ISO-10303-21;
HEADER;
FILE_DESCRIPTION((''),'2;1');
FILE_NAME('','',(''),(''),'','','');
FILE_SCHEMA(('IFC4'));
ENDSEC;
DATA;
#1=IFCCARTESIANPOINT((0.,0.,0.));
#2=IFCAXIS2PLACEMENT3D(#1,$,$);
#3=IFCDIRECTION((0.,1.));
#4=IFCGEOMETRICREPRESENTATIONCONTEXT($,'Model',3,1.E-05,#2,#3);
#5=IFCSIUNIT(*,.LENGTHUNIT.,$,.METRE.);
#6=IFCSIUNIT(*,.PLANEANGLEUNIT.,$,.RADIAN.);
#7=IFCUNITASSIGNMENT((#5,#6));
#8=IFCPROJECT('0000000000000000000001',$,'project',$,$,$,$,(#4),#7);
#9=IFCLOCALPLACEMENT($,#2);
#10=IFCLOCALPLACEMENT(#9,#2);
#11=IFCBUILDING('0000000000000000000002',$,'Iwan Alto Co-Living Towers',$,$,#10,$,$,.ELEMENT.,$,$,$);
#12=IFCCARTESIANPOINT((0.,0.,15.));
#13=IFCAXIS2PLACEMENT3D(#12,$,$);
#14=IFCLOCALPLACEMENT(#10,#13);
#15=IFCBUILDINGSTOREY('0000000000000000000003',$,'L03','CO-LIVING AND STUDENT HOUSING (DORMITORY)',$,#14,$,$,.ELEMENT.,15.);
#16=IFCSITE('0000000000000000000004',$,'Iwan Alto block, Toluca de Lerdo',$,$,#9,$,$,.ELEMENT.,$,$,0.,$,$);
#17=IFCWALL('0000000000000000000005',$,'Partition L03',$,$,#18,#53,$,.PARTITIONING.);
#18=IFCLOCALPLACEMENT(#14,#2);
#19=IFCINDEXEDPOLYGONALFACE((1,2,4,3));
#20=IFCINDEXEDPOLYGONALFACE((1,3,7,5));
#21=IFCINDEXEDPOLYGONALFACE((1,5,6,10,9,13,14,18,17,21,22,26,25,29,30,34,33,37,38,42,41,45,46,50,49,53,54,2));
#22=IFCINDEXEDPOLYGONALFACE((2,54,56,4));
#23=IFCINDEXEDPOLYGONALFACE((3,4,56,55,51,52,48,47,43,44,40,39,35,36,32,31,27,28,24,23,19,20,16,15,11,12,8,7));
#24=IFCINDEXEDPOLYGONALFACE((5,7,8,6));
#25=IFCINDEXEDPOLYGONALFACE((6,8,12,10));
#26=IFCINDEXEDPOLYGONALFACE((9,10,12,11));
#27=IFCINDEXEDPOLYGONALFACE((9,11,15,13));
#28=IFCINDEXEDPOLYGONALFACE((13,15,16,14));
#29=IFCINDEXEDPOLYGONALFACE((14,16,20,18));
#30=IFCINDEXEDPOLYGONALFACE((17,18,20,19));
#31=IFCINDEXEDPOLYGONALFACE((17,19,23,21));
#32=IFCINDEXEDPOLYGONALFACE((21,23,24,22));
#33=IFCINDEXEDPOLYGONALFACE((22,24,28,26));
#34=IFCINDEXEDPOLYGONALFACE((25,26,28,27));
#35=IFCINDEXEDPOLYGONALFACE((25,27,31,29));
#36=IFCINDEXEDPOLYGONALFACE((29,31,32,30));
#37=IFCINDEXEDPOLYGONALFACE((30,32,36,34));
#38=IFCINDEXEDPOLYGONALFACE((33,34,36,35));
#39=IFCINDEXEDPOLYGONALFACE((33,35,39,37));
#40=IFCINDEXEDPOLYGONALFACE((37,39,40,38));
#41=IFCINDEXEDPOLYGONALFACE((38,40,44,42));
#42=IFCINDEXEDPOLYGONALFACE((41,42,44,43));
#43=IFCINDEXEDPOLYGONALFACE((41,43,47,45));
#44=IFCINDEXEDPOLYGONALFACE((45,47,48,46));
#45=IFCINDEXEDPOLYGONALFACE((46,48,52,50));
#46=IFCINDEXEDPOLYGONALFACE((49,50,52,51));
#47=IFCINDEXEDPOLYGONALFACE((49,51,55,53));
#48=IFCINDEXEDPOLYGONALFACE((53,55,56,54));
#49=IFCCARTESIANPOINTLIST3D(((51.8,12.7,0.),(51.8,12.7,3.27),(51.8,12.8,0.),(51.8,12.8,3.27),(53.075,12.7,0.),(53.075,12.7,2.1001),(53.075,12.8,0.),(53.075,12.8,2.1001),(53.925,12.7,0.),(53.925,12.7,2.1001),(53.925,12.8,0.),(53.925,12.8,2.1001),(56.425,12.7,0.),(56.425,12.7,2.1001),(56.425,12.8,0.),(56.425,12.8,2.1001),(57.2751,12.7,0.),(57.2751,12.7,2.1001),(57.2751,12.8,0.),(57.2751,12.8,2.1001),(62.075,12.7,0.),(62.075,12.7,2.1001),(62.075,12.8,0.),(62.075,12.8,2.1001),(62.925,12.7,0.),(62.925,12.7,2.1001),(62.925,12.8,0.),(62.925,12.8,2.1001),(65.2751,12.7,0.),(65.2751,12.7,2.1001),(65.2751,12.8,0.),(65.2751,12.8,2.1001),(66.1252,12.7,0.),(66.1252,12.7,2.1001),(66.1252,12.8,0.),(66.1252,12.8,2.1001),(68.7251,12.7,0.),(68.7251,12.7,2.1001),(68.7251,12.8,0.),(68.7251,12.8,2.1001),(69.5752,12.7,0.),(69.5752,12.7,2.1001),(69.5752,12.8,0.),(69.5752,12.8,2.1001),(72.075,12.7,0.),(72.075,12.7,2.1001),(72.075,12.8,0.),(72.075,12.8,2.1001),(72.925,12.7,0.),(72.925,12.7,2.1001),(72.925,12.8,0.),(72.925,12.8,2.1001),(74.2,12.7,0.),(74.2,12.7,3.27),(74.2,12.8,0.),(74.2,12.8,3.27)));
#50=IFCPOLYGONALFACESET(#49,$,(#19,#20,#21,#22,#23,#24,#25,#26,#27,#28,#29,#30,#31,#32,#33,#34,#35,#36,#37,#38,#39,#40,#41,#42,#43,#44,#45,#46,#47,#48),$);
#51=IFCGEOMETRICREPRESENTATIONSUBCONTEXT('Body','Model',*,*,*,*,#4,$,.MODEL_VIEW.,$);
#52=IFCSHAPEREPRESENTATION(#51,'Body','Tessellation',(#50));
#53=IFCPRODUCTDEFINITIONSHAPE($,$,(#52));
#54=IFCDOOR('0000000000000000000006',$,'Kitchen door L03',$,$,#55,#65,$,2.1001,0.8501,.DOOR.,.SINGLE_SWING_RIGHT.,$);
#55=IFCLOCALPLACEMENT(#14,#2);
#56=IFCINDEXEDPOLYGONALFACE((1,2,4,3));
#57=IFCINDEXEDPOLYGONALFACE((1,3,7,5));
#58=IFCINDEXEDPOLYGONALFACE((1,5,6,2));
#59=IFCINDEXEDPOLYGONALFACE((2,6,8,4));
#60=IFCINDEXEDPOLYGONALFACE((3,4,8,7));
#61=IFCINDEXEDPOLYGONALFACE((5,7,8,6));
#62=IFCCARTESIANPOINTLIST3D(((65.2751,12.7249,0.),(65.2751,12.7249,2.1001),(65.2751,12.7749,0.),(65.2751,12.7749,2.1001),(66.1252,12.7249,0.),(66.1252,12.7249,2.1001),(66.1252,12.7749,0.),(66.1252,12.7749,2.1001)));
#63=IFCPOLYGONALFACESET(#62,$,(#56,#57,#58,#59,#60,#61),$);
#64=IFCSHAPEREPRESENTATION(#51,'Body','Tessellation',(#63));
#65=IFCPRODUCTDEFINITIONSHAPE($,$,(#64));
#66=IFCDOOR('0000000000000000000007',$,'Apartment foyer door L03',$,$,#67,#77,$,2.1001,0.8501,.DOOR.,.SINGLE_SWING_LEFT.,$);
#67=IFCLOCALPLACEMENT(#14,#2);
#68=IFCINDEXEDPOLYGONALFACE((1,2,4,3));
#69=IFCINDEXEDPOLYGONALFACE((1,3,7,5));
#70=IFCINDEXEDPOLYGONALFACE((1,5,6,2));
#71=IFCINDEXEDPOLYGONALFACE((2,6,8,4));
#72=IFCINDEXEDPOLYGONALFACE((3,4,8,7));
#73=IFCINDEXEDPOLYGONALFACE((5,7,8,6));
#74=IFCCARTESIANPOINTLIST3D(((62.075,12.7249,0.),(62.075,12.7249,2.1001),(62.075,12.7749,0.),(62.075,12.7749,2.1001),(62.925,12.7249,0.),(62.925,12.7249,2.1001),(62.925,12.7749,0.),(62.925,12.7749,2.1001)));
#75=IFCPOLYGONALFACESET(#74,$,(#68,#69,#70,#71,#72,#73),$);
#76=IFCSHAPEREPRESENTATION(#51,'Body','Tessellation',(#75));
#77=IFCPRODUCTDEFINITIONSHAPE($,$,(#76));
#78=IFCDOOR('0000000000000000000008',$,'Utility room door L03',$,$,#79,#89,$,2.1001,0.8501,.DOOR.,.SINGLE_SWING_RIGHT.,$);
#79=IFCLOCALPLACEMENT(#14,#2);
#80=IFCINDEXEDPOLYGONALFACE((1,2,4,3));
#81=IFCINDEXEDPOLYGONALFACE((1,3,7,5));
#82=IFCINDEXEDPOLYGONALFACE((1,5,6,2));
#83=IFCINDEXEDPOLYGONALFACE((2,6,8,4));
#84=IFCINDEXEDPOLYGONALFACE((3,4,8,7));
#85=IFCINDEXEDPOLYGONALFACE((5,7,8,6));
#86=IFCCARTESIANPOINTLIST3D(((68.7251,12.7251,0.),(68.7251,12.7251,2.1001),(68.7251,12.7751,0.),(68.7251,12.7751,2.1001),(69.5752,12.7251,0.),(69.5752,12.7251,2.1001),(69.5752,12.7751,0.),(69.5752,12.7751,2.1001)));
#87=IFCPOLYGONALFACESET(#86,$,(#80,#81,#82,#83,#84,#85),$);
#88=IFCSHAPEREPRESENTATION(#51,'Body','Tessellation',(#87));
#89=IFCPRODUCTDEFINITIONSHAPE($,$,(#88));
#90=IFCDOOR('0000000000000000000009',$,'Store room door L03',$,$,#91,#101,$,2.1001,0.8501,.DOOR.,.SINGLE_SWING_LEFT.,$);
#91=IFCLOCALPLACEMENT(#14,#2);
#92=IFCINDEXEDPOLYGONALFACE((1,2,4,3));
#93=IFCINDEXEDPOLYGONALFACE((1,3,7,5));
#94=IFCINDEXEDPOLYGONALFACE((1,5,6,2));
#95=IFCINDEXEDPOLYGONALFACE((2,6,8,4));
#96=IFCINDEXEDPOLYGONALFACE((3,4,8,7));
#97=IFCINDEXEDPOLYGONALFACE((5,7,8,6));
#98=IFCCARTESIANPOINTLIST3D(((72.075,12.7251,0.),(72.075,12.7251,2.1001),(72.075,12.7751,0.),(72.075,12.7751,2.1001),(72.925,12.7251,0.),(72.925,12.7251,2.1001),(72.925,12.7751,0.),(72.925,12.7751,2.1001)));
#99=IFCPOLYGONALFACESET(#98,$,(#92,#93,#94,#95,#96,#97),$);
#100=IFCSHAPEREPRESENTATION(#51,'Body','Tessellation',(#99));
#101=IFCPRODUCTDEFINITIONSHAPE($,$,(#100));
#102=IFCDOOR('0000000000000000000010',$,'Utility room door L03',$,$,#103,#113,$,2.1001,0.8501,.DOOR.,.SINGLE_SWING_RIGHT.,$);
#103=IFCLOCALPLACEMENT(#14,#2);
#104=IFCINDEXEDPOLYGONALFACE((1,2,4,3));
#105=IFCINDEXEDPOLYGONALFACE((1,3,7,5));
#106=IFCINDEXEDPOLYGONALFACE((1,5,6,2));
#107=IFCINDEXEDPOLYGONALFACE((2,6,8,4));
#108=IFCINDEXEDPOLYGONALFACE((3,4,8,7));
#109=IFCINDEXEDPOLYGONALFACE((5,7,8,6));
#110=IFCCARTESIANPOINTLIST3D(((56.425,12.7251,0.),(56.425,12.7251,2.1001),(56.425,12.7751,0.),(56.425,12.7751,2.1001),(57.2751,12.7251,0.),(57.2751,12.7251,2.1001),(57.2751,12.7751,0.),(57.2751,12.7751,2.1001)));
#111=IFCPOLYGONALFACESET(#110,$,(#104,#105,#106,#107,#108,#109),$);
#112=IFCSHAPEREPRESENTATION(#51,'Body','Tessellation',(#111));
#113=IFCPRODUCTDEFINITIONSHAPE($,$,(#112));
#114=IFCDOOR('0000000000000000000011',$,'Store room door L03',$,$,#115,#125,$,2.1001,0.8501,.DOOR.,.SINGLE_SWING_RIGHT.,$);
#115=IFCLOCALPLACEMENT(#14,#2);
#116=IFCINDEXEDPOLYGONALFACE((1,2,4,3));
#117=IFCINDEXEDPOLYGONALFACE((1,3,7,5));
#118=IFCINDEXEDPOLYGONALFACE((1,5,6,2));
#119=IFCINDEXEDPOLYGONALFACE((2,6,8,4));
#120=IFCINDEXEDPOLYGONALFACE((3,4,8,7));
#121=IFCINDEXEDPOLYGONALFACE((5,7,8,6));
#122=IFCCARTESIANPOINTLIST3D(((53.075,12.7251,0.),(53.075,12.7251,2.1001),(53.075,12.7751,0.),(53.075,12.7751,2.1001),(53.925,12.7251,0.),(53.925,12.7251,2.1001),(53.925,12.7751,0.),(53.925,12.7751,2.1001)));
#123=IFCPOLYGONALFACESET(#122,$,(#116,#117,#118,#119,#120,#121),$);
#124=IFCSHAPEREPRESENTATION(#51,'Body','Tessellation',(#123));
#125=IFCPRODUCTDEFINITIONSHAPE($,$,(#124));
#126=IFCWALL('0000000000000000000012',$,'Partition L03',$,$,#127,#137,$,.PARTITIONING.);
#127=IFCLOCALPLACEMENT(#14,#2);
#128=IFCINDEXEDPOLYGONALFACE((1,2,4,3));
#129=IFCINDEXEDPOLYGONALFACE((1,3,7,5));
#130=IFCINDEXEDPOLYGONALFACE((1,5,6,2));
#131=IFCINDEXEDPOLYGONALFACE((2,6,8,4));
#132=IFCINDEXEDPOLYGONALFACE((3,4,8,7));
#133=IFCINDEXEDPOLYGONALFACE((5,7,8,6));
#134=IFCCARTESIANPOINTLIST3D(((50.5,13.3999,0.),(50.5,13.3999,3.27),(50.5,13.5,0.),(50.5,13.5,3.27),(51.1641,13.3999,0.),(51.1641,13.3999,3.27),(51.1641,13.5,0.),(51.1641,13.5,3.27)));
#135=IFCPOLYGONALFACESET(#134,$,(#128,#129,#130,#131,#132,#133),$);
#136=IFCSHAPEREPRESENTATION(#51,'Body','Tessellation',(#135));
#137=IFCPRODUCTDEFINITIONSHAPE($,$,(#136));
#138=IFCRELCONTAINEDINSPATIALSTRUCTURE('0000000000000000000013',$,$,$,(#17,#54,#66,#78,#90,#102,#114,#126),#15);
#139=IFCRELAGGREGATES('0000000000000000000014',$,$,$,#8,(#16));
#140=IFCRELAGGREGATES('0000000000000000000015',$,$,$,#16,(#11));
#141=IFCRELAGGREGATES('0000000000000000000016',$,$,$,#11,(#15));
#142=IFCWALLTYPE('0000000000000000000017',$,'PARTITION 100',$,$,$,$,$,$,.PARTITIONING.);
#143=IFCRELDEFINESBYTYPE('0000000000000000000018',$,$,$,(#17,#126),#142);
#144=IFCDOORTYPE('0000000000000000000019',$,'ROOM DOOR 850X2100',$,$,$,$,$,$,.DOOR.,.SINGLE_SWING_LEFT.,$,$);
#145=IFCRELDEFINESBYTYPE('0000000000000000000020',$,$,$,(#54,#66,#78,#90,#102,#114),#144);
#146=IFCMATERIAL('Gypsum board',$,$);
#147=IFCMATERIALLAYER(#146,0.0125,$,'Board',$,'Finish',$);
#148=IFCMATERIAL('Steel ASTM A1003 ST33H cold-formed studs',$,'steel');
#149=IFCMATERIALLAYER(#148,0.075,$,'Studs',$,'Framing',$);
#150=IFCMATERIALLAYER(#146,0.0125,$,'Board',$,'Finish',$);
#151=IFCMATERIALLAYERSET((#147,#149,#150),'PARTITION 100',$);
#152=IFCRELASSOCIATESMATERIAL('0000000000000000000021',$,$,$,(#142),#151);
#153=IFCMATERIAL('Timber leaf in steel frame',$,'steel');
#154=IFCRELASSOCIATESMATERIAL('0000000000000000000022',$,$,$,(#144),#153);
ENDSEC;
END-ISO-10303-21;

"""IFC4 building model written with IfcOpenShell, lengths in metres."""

from ifc_helpers import new_model, si_unit, direction, frame, frame_2d, origin, place, context, subcontext, project, spatial, rectangle, extrude, material, layer, layer_set, type_object, element, fill, save


model = new_model("IFC4")

# Units and contexts
model_context = context("Model", 3, precision=1e-05, world=origin(), true_north=direction((0.0, 1.0)))
body_context = subcontext(model_context, "Body", "Model", "MODEL_VIEW")
ifc_project = project(units=[si_unit("LENGTHUNIT", "METRE"), si_unit("PLANEANGLEUNIT", "RADIAN")], contexts=[model_context])

# Site, building, storey
site_placement = place(None, origin())
site = spatial("IfcSite", under=ifc_project, at=site_placement, Name="Iwan Alto block, Toluca de Lerdo", CompositionType="ELEMENT", RefElevation=0.0)
building_placement = place(site_placement, origin())
building = spatial("IfcBuilding", under=site, at=building_placement, Name="Iwan Alto Co-Living Towers", CompositionType="ELEMENT")
storey_placement = place(building_placement, frame((0.0, 0.0, 15.0)))
storey = spatial("IfcBuildingStorey", under=building, at=storey_placement, Name="L03", Description="CO-LIVING AND STUDENT HOUSING (DORMITORY)", CompositionType="ELEMENT", Elevation=15.0)

# Shared definitions
ifc_material_1 = material(Name="Gypsum board")
ifc_material_2 = material(Name="Steel ASTM A1003 ST33H cold-formed studs", Category="steel")

# Wall, openings, doors
ifc_layer_1 = layer(ifc_material_1, 0.0125, Name="Board", Category="Finish")
ifc_layer_2 = layer(ifc_material_2, 0.075, Name="Studs", Category="Framing")
ifc_layer_3 = layer(ifc_material_1, 0.0125, Name="Board", Category="Finish")
ifc_layer_set_1 = layer_set([ifc_layer_1, ifc_layer_2, ifc_layer_3], Name="PARTITION 100")
wall_type_1 = type_object("IfcWallType", Name="PARTITION 100", PredefinedType="PARTITIONING", material=ifc_layer_set_1)
wall_1_placement = place(storey_placement, frame((51.8, 12.75, 0.0), z_axis=(0.0, 0.0, 1.0), x_axis=(1.0, 0.0, 0.0)))
wall_1 = element("IfcWall", 1, at=wall_1_placement, inside=storey, type_object=wall_type_1, Name="Partition L03", PredefinedType="PARTITIONING", context=body_context, shape_type="SweptSolid", body=[
    extrude(rectangle(XDim=22.3999, YDim=0.1001, at=frame_2d((11.2, 0.0))), origin(), (0.0, 0.0, 1.0), 3.27),
])
opening_1_placement = place(wall_1_placement, frame((13.4751, 0.0, 0.0)))
opening_1 = element("IfcOpeningElement", 2, at=opening_1_placement, cuts=wall_1, PredefinedType="OPENING", context=body_context, shape_type="SweptSolid", body=[
    extrude(rectangle(XDim=0.8501, YDim=2.1001, at=frame_2d((0.425, 1.05))), frame((0.0, 0.0601, 0.0), z_axis=(0.0, -1.0, 0.0), x_axis=(1.0, 0.0, 0.0)), (0.0, 0.0, 1.0), 0.1201),
])
opening_2_placement = place(wall_1_placement, frame((10.2749, 0.0, 0.0)))
opening_2 = element("IfcOpeningElement", 3, at=opening_2_placement, cuts=wall_1, PredefinedType="OPENING", context=body_context, shape_type="SweptSolid", body=[
    extrude(rectangle(XDim=0.8501, YDim=2.1001, at=frame_2d((0.425, 1.05))), frame((0.0, 0.0601, 0.0), z_axis=(0.0, -1.0, 0.0), x_axis=(1.0, 0.0, 0.0)), (0.0, 0.0, 1.0), 0.1201),
])
opening_3_placement = place(wall_1_placement, frame((16.925, 0.0, 0.0)))
opening_3 = element("IfcOpeningElement", 4, at=opening_3_placement, cuts=wall_1, PredefinedType="OPENING", context=body_context, shape_type="SweptSolid", body=[
    extrude(rectangle(XDim=0.8501, YDim=2.1001, at=frame_2d((0.425, 1.05))), frame((0.0, 0.0601, 0.0), z_axis=(0.0, -1.0, 0.0), x_axis=(1.0, 0.0, 0.0)), (0.0, 0.0, 1.0), 0.1201),
])
opening_4_placement = place(wall_1_placement, frame((20.2749, 0.0, 0.0)))
opening_4 = element("IfcOpeningElement", 5, at=opening_4_placement, cuts=wall_1, PredefinedType="OPENING", context=body_context, shape_type="SweptSolid", body=[
    extrude(rectangle(XDim=0.8501, YDim=2.1001, at=frame_2d((0.425, 1.05))), frame((0.0, 0.0601, 0.0), z_axis=(0.0, -1.0, 0.0), x_axis=(1.0, 0.0, 0.0)), (0.0, 0.0, 1.0), 0.1201),
])
opening_5_placement = place(wall_1_placement, frame((4.625, 0.0, 0.0)))
opening_5 = element("IfcOpeningElement", 6, at=opening_5_placement, cuts=wall_1, PredefinedType="OPENING", context=body_context, shape_type="SweptSolid", body=[
    extrude(rectangle(XDim=0.8501, YDim=2.1001, at=frame_2d((0.425, 1.05))), frame((0.0, 0.0601, 0.0), z_axis=(0.0, -1.0, 0.0), x_axis=(1.0, 0.0, 0.0)), (0.0, 0.0, 1.0), 0.1201),
])
opening_6_placement = place(wall_1_placement, frame((1.2749, 0.0, 0.0)))
opening_6 = element("IfcOpeningElement", 7, at=opening_6_placement, cuts=wall_1, PredefinedType="OPENING", context=body_context, shape_type="SweptSolid", body=[
    extrude(rectangle(XDim=0.8501, YDim=2.1001, at=frame_2d((0.425, 1.05))), frame((0.0, 0.0601, 0.0), z_axis=(0.0, -1.0, 0.0), x_axis=(1.0, 0.0, 0.0)), (0.0, 0.0, 1.0), 0.1201),
])
ifc_material_3 = material(Name="Timber leaf in steel frame", Category="steel")
door_type_1 = type_object("IfcDoorType", Name="ROOM DOOR 850X2100", OperationType="SINGLE_SWING_LEFT", PredefinedType="DOOR", material=ifc_material_3)
door_1_placement = place(opening_1_placement, origin())
door_1 = element("IfcDoor", 8, at=door_1_placement, inside=storey, type_object=door_type_1, Name="Kitchen door L03", OperationType="SINGLE_SWING_RIGHT", OverallHeight=2.1001, OverallWidth=0.8501, PredefinedType="DOOR", context=body_context, shape_type="SweptSolid", body=[
    extrude(rectangle(XDim=0.8501, YDim=2.1001, at=frame_2d((0.425, 1.05))), frame((0.0, 0.0249, 0.0), z_axis=(0.0, -1.0, 0.0), x_axis=(1.0, 0.0, 0.0)), (0.0, 0.0, 1.0), 0.05),
])
fill(opening_1, door_1)
door_2_placement = place(opening_2_placement, origin())
door_2 = element("IfcDoor", 9, at=door_2_placement, inside=storey, type_object=door_type_1, Name="Apartment foyer door L03", OperationType="SINGLE_SWING_LEFT", OverallHeight=2.1001, OverallWidth=0.8501, PredefinedType="DOOR", context=body_context, shape_type="SweptSolid", body=[
    extrude(rectangle(XDim=0.8501, YDim=2.1001, at=frame_2d((0.425, 1.05))), frame((0.0, 0.0249, 0.0), z_axis=(0.0, -1.0, 0.0), x_axis=(1.0, 0.0, 0.0)), (0.0, 0.0, 1.0), 0.05),
])
fill(opening_2, door_2)
door_3_placement = place(opening_3_placement, frame((0.8501, 0.0, 0.0), z_axis=(0.0, 0.0, 1.0), x_axis=(-1.0, 0.0, 0.0)))
door_3 = element("IfcDoor", 10, at=door_3_placement, inside=storey, type_object=door_type_1, Name="Utility room door L03", OperationType="SINGLE_SWING_RIGHT", OverallHeight=2.1001, OverallWidth=0.8501, PredefinedType="DOOR", context=body_context, shape_type="SweptSolid", body=[
    extrude(rectangle(XDim=0.8501, YDim=2.1001, at=frame_2d((0.425, 1.05))), frame((0.0, 0.0249, 0.0), z_axis=(0.0, -1.0, 0.0), x_axis=(1.0, 0.0, 0.0)), (0.0, 0.0, 1.0), 0.05),
])
fill(opening_3, door_3)
door_4_placement = place(opening_4_placement, frame((0.8501, 0.0, 0.0), z_axis=(0.0, 0.0, 1.0), x_axis=(-1.0, 0.0, 0.0)))
door_4 = element("IfcDoor", 11, at=door_4_placement, inside=storey, type_object=door_type_1, Name="Store room door L03", OperationType="SINGLE_SWING_LEFT", OverallHeight=2.1001, OverallWidth=0.8501, PredefinedType="DOOR", context=body_context, shape_type="SweptSolid", body=[
    extrude(rectangle(XDim=0.8501, YDim=2.1001, at=frame_2d((0.425, 1.05))), frame((0.0, 0.0249, 0.0), z_axis=(0.0, -1.0, 0.0), x_axis=(1.0, 0.0, 0.0)), (0.0, 0.0, 1.0), 0.05),
])
fill(opening_4, door_4)
door_5_placement = place(opening_5_placement, frame((0.8501, 0.0, 0.0), z_axis=(0.0, 0.0, 1.0), x_axis=(-1.0, 0.0, 0.0)))
door_5 = element("IfcDoor", 12, at=door_5_placement, inside=storey, type_object=door_type_1, Name="Utility room door L03", OperationType="SINGLE_SWING_RIGHT", OverallHeight=2.1001, OverallWidth=0.8501, PredefinedType="DOOR", context=body_context, shape_type="SweptSolid", body=[
    extrude(rectangle(XDim=0.8501, YDim=2.1001, at=frame_2d((0.425, 1.05))), frame((0.0, 0.0249, 0.0), z_axis=(0.0, -1.0, 0.0), x_axis=(1.0, 0.0, 0.0)), (0.0, 0.0, 1.0), 0.05),
])
fill(opening_5, door_5)
door_6_placement = place(opening_6_placement, frame((0.8501, 0.0, 0.0), z_axis=(0.0, 0.0, 1.0), x_axis=(-1.0, 0.0, 0.0)))
door_6 = element("IfcDoor", 13, at=door_6_placement, inside=storey, type_object=door_type_1, Name="Store room door L03", OperationType="SINGLE_SWING_RIGHT", OverallHeight=2.1001, OverallWidth=0.8501, PredefinedType="DOOR", context=body_context, shape_type="SweptSolid", body=[
    extrude(rectangle(XDim=0.8501, YDim=2.1001, at=frame_2d((0.425, 1.05))), frame((0.0, 0.0249, 0.0), z_axis=(0.0, -1.0, 0.0), x_axis=(1.0, 0.0, 0.0)), (0.0, 0.0, 1.0), 0.05),
])
fill(opening_6, door_6)

# Wall
wall_2_placement = place(storey_placement, frame((50.5, 13.45, 0.0), z_axis=(0.0, 0.0, 1.0), x_axis=(1.0, 0.0, 0.0)))
element("IfcWall", 14, at=wall_2_placement, inside=storey, type_object=wall_type_1, Name="Partition L03", PredefinedType="PARTITIONING", context=body_context, shape_type="SweptSolid", body=[
    extrude(rectangle(XDim=0.6641, YDim=0.1001, at=frame_2d((0.332, 0.0))), origin(), (0.0, 0.0, 1.0), 3.27),
])

save(model, "model.ifc")
